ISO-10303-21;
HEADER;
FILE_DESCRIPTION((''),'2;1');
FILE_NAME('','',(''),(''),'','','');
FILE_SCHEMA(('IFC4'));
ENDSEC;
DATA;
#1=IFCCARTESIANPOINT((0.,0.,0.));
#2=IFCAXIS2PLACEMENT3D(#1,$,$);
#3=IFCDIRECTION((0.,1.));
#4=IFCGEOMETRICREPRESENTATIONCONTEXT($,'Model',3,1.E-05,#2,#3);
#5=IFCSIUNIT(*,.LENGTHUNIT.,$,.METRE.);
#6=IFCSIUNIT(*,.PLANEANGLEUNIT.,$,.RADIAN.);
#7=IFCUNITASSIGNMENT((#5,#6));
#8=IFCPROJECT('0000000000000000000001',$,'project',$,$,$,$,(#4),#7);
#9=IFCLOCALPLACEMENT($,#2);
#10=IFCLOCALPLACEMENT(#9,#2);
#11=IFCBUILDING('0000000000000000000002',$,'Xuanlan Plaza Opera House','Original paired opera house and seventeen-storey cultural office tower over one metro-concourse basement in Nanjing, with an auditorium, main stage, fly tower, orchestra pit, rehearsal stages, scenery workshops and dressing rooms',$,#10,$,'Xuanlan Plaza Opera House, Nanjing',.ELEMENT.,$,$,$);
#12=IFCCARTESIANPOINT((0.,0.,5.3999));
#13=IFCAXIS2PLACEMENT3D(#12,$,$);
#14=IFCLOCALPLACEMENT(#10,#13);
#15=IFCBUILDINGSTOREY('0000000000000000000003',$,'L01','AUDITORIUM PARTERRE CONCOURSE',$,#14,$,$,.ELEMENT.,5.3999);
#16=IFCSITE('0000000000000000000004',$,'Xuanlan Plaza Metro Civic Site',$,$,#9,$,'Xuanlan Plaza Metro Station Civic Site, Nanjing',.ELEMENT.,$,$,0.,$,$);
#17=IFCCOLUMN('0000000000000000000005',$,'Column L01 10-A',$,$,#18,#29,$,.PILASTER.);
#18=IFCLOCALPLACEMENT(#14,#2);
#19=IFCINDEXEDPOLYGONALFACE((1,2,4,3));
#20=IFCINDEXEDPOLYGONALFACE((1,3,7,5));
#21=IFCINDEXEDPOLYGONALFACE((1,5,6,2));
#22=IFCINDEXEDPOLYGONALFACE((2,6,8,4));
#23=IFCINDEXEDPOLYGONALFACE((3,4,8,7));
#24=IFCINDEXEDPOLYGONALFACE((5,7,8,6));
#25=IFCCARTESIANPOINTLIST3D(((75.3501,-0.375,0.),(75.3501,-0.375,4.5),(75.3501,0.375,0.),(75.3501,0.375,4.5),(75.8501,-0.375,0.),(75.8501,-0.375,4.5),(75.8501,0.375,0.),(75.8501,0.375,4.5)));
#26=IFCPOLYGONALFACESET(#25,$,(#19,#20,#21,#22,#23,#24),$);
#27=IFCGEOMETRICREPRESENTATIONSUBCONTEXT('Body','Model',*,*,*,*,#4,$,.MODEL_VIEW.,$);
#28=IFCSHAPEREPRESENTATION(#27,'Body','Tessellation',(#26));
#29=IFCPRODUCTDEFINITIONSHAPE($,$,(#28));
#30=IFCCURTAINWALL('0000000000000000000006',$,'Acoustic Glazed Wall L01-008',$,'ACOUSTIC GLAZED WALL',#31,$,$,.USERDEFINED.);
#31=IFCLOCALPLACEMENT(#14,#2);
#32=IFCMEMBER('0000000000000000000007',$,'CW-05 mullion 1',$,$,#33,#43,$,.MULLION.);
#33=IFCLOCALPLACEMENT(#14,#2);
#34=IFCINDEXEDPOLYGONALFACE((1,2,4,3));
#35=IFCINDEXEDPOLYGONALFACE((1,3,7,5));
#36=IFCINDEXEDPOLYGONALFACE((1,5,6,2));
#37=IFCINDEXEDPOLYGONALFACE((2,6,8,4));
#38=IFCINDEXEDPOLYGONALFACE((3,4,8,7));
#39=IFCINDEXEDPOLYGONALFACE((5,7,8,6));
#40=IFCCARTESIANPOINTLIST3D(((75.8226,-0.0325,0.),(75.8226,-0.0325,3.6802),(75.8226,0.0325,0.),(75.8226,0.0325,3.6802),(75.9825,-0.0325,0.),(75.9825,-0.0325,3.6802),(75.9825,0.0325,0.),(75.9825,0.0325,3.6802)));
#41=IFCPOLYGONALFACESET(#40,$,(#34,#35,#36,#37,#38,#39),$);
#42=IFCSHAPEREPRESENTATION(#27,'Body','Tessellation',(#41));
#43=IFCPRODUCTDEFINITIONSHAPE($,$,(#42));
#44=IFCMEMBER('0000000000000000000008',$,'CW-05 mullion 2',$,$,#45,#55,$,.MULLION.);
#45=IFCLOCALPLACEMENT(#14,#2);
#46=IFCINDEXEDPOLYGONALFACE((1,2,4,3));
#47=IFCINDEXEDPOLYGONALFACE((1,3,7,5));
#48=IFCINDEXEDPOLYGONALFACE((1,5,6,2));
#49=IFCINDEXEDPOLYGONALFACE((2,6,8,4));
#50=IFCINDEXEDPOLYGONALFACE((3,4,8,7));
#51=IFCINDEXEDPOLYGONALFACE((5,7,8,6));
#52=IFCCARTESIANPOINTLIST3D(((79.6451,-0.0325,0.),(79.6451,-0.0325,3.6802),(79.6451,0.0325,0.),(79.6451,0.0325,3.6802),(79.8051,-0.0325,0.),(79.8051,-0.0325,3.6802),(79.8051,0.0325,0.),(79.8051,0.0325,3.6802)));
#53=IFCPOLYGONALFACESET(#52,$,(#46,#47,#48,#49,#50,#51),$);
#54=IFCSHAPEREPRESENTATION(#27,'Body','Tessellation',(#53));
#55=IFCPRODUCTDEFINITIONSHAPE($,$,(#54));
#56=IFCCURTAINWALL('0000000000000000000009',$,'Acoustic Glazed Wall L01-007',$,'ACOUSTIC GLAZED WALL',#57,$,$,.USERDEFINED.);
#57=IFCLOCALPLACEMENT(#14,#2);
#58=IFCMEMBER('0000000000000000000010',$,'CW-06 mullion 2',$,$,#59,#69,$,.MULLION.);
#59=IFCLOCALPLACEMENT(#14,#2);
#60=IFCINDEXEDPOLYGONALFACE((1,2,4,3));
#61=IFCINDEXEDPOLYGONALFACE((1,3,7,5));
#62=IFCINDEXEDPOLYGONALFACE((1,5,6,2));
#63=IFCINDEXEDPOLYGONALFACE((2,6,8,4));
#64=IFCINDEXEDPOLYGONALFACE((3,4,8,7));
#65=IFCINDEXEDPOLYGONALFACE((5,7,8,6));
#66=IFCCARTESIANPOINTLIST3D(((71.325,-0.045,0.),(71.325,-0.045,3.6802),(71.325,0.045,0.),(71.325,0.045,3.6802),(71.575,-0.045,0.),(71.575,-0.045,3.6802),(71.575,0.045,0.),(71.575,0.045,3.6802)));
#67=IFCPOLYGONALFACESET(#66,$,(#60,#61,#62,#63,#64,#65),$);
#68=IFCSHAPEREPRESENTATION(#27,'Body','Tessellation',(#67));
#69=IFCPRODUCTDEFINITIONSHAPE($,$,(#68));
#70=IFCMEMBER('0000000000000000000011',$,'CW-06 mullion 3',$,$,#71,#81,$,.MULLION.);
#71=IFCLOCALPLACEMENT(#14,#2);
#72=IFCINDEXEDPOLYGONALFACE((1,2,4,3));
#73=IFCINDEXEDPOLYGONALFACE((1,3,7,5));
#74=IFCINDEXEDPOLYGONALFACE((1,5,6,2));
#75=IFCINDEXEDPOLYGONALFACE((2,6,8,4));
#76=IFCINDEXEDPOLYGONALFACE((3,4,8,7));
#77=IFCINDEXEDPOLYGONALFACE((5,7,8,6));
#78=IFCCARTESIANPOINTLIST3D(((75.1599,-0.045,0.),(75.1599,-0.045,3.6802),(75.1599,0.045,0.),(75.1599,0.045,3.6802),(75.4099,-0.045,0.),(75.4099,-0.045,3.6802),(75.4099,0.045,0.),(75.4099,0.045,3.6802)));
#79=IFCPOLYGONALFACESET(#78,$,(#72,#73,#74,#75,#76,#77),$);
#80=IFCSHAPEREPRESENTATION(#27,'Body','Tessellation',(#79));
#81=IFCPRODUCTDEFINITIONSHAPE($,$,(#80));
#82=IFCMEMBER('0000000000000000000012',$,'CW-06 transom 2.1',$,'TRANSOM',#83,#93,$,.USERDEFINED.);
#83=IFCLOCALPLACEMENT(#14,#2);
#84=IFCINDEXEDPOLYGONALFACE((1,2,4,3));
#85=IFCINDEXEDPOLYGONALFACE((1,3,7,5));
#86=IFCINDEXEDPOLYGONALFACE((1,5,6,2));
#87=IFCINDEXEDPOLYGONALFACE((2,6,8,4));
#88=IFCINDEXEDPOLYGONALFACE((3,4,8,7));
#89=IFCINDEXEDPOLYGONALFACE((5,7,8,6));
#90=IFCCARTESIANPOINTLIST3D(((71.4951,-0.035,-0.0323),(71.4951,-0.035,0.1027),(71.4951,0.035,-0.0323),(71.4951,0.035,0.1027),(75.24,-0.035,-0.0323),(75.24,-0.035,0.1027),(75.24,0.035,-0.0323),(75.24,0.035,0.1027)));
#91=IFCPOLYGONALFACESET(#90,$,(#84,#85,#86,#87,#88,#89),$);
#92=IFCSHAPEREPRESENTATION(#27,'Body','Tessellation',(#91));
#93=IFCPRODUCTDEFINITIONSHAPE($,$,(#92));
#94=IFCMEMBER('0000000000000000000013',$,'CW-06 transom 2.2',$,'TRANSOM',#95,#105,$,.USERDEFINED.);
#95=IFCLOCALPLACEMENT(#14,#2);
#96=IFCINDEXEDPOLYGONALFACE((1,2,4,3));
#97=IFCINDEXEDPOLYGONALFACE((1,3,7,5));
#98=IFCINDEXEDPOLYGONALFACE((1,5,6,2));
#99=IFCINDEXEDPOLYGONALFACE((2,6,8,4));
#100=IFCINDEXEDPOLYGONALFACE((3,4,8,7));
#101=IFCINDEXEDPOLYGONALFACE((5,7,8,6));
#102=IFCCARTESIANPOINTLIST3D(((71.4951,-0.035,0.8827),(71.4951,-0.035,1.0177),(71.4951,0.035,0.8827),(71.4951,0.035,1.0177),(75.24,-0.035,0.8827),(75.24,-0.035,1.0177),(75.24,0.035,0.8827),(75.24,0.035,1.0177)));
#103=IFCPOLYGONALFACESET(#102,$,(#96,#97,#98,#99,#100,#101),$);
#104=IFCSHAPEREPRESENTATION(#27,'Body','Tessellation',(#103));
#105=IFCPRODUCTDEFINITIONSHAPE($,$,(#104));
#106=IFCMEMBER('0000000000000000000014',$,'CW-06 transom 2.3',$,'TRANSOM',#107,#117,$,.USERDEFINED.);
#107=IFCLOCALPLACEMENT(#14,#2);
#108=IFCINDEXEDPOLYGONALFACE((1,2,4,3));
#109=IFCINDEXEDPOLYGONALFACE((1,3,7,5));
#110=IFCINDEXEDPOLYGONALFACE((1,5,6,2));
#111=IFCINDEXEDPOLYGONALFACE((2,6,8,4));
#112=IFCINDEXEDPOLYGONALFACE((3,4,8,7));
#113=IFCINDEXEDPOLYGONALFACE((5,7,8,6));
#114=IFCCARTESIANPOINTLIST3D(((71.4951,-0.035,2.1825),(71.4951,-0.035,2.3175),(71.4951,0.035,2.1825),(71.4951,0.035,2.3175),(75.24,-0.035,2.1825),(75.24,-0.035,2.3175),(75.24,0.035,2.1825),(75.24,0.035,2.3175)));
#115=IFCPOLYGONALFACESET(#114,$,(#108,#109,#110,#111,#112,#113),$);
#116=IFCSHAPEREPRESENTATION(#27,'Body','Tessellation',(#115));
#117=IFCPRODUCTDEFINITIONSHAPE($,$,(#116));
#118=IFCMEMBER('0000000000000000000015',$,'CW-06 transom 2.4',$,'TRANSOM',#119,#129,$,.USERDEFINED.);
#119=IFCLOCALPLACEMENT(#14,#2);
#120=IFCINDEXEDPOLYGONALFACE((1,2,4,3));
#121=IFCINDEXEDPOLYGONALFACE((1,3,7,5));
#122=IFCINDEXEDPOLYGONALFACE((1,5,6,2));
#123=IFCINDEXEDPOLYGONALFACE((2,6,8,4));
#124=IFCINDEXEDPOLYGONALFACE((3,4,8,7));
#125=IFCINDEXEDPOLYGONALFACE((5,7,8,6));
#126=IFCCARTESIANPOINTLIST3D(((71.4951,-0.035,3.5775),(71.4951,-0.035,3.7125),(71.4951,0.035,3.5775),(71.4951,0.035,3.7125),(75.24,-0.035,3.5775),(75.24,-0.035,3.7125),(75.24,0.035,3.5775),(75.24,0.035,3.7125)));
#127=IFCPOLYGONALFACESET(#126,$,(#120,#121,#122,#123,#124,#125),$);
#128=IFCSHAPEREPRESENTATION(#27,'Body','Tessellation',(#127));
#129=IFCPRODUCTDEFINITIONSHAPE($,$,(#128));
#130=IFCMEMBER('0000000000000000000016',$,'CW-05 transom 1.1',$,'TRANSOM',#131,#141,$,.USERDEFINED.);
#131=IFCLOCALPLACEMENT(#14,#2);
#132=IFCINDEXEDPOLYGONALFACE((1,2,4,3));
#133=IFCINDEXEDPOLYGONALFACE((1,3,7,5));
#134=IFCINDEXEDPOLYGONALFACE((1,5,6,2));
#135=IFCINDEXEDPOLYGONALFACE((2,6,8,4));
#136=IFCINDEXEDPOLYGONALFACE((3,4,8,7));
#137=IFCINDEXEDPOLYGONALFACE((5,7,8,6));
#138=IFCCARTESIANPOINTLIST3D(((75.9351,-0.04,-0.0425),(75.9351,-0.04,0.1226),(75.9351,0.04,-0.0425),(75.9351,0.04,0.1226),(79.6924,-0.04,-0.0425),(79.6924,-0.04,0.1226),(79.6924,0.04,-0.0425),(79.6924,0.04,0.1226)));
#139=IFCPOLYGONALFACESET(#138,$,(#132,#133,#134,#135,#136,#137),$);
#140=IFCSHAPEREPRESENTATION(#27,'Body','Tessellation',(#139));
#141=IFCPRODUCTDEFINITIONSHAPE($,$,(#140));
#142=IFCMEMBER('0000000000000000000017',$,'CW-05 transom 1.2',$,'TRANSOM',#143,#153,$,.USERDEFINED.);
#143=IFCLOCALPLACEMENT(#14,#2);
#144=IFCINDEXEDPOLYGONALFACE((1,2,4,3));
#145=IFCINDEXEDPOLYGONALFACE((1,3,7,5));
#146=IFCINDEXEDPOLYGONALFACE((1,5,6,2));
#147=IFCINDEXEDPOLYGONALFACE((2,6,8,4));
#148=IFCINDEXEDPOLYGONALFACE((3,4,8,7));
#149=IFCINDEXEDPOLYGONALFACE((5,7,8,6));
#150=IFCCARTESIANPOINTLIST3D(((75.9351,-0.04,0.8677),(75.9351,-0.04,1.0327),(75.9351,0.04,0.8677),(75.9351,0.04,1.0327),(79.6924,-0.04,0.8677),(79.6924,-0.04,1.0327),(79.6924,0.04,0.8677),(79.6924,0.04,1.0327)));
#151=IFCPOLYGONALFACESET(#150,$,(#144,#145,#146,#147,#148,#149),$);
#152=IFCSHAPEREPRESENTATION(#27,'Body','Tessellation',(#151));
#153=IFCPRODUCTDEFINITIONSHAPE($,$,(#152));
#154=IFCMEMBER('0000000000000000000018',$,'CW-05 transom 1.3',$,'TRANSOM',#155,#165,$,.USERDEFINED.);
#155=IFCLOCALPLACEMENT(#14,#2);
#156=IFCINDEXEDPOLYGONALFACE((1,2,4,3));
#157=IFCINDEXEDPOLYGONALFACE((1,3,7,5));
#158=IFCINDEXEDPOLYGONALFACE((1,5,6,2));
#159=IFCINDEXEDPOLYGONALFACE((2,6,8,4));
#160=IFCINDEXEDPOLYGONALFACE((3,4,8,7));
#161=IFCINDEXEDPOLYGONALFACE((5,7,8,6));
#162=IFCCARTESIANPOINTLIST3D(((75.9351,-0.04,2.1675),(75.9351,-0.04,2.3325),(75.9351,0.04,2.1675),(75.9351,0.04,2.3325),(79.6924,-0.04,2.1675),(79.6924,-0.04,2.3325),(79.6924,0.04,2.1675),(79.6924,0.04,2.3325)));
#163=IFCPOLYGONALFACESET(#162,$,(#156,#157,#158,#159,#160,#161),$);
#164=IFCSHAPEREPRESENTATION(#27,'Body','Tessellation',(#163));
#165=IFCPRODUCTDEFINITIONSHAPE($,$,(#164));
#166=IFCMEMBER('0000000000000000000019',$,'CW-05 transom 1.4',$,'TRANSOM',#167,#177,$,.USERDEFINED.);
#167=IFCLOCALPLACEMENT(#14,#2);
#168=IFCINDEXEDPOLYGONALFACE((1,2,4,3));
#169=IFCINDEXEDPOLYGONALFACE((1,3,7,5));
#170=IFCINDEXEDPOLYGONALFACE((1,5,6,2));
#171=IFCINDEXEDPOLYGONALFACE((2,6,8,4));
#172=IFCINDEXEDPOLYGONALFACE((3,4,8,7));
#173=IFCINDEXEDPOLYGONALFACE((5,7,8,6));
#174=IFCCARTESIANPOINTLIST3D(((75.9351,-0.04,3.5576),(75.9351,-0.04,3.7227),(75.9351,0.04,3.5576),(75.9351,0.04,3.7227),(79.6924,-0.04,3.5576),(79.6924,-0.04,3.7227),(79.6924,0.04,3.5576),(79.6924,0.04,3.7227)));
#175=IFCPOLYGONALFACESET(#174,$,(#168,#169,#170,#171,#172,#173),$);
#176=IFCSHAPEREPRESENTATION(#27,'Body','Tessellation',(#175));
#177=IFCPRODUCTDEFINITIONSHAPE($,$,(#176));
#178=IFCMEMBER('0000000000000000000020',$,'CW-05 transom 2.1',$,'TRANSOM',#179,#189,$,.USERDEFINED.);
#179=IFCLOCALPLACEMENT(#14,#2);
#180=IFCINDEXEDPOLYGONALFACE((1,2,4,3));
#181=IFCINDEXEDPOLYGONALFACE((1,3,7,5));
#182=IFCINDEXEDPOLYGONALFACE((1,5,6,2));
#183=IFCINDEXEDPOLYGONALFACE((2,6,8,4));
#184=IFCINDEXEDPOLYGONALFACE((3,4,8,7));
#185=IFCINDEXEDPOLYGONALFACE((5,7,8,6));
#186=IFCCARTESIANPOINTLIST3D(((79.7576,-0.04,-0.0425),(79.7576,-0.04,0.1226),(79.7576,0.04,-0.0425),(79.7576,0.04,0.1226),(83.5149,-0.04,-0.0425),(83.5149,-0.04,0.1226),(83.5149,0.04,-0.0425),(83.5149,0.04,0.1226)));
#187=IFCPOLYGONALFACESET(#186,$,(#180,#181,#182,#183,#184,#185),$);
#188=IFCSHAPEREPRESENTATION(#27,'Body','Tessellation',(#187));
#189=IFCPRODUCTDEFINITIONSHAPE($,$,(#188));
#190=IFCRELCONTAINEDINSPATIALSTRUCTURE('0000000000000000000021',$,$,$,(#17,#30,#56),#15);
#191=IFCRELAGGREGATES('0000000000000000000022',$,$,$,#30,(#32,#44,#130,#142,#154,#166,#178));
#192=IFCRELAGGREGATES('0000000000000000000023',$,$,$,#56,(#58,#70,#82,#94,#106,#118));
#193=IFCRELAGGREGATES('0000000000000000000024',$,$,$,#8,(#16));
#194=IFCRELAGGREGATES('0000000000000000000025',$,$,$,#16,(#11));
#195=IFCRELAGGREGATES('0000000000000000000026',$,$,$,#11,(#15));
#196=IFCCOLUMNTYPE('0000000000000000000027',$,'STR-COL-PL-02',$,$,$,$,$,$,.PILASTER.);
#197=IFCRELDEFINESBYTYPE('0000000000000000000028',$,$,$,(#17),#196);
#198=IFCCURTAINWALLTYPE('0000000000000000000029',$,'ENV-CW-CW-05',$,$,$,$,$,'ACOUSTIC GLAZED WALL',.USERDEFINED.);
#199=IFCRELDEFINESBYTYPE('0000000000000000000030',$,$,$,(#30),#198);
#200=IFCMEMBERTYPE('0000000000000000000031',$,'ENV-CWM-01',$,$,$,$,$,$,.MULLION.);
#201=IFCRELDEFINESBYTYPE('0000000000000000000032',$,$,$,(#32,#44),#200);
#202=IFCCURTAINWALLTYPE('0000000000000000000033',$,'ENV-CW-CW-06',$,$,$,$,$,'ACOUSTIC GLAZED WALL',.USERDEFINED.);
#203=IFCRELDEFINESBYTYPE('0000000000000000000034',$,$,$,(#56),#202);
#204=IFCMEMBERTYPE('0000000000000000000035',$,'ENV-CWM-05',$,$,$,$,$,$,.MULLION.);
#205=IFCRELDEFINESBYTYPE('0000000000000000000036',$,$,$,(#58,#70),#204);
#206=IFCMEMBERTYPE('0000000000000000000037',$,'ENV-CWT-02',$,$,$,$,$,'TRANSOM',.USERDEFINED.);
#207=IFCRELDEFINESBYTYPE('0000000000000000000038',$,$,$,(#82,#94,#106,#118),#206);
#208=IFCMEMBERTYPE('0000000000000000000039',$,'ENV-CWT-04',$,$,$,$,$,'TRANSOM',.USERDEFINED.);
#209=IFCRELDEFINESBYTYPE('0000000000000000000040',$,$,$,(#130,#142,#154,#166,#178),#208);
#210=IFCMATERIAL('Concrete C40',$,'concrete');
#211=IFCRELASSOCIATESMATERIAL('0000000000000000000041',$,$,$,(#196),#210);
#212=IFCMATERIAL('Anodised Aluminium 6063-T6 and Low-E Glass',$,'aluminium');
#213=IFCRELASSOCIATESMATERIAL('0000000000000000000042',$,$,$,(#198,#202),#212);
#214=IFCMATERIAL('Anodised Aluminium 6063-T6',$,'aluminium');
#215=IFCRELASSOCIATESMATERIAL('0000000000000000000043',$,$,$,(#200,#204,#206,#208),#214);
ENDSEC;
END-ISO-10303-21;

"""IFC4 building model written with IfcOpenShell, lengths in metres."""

from ifc_helpers import new_model, si_unit, direction, frame, origin, origin_2d, place, context, subcontext, project, spatial, rectangle, extrude, material, material_profile, profile_set, type_object, element, aggregate, save


model = new_model("IFC4")

# Units and contexts
model_context = context("Model", 3, precision=1e-05, world=origin(), true_north=direction((0.0, 1.0)))
body_context = subcontext(model_context, "Body", "Model", "MODEL_VIEW")
ifc_project = project(units=[si_unit("LENGTHUNIT", "METRE"), si_unit("PLANEANGLEUNIT", "RADIAN")], contexts=[model_context])

# Site, building, storey
site_placement = place(None, origin())
site = spatial("IfcSite", under=ifc_project, at=site_placement, Name="Xuanlan Plaza Metro Civic Site", LongName="Xuanlan Plaza Metro Station Civic Site, Nanjing", CompositionType="ELEMENT", RefElevation=0.0)
building_placement = place(site_placement, origin())
building = spatial("IfcBuilding", under=site, at=building_placement, Name="Xuanlan Plaza Opera House", Description="Original paired opera house and seventeen-storey cultural office tower over one metro-concourse basement in Nanjing, with an auditorium, main stage, fly tower, orchestra pit, rehearsal stages, scenery workshops and dressing rooms", LongName="Xuanlan Plaza Opera House, Nanjing", CompositionType="ELEMENT")
storey_placement = place(building_placement, frame((0.0, 0.0, 5.3999)))
storey = spatial("IfcBuildingStorey", under=building, at=storey_placement, Name="L01", Description="AUDITORIUM PARTERRE CONCOURSE", CompositionType="ELEMENT", Elevation=5.3999)

# Column
ifc_material_1 = material(Name="Concrete C40", Category="concrete")
ifc_material_profile_1 = material_profile(ifc_material_1, rectangle(XDim=0.5, YDim=0.75, at=origin_2d()), Name="RC-PIL 500x750")
ifc_profile_set_1 = profile_set([ifc_material_profile_1], Name="Concrete C40")
column_type = type_object("IfcColumnType", Name="STR-COL-PL-02", PredefinedType="PILASTER", material=ifc_profile_set_1)
column_placement = place(storey_placement, frame((75.6001, 0.0, 0.0), z_axis=(0.0, 0.0, 1.0), x_axis=(1.0, 0.0, 0.0)))
element("IfcColumn", 1, at=column_placement, inside=storey, type_object=column_type, Name="Column L01 10-A", PredefinedType="PILASTER", context=body_context, shape_type="SweptSolid", body=[
    extrude(rectangle(XDim=0.5, YDim=0.75, at=origin_2d()), origin(), (0.0, 0.0, 1.0), 4.5),
])

# Curtain walls, members
ifc_material_2 = material(Name="Anodised Aluminium 6063-T6 and Low-E Glass", Category="aluminium")
curtain_wall_type_1 = type_object("IfcCurtainWallType", Name="ENV-CW-CW-05", ElementType="ACOUSTIC GLAZED WALL", PredefinedType="USERDEFINED", material=ifc_material_2)
curtain_wall_1_placement = place(storey_placement, origin())
curtain_wall_1 = element("IfcCurtainWall", 2, at=curtain_wall_1_placement, inside=storey, type_object=curtain_wall_type_1, Name="Acoustic Glazed Wall L01-008", ObjectType="ACOUSTIC GLAZED WALL", PredefinedType="USERDEFINED")
ifc_material_3 = material(Name="Anodised Aluminium 6063-T6", Category="aluminium")
ifc_material_profile_2 = material_profile(ifc_material_3, rectangle(XDim=0.0649, YDim=0.1599, at=origin_2d()), Name="ALU-M 65x160")
ifc_profile_set_2 = profile_set([ifc_material_profile_2], Name="Anodised Aluminium 6063-T6")
member_type_1 = type_object("IfcMemberType", Name="ENV-CWM-01", PredefinedType="MULLION", material=ifc_profile_set_2)
member_1_placement = place(storey_placement, frame((75.9026, 0.0, 0.0), z_axis=(0.0, 0.0, 1.0), x_axis=(0.0, 1.0, 0.0)))
member_1 = element("IfcMember", 3, at=member_1_placement, type_object=member_type_1, Name="CW-05 mullion 1", PredefinedType="MULLION", context=body_context, shape_type="SweptSolid", body=[
    extrude(rectangle(XDim=0.0649, YDim=0.1599, at=origin_2d()), origin(), (0.0, 0.0, 1.0), 3.6802),
])
member_2_placement = place(storey_placement, frame((79.7251, 0.0, 0.0), z_axis=(0.0, 0.0, 1.0), x_axis=(0.0, 1.0, 0.0)))
member_2 = element("IfcMember", 4, at=member_2_placement, type_object=member_type_1, Name="CW-05 mullion 2", PredefinedType="MULLION", context=body_context, shape_type="SweptSolid", body=[
    extrude(rectangle(XDim=0.0649, YDim=0.1599, at=origin_2d()), origin(), (0.0, 0.0, 1.0), 3.6802),
])
curtain_wall_type_2 = type_object("IfcCurtainWallType", Name="ENV-CW-CW-06", ElementType="ACOUSTIC GLAZED WALL", PredefinedType="USERDEFINED", material=ifc_material_2)
curtain_wall_2_placement = place(storey_placement, origin())
curtain_wall_2 = element("IfcCurtainWall", 5, at=curtain_wall_2_placement, inside=storey, type_object=curtain_wall_type_2, Name="Acoustic Glazed Wall L01-007", ObjectType="ACOUSTIC GLAZED WALL", PredefinedType="USERDEFINED")
ifc_material_profile_3 = material_profile(ifc_material_3, rectangle(XDim=0.0901, YDim=0.25, at=origin_2d()), Name="ALU-M 90x250")
ifc_profile_set_3 = profile_set([ifc_material_profile_3], Name="Anodised Aluminium 6063-T6")
member_type_2 = type_object("IfcMemberType", Name="ENV-CWM-05", PredefinedType="MULLION", material=ifc_profile_set_3)
member_3_placement = place(storey_placement, frame((71.45, 0.0, 0.0), z_axis=(0.0, 0.0, 1.0), x_axis=(0.0, 1.0, 0.0)))
member_3 = element("IfcMember", 6, at=member_3_placement, type_object=member_type_2, Name="CW-06 mullion 2", PredefinedType="MULLION", context=body_context, shape_type="SweptSolid", body=[
    extrude(rectangle(XDim=0.0901, YDim=0.25, at=origin_2d()), origin(), (0.0, 0.0, 1.0), 3.6802),
])
member_4_placement = place(storey_placement, frame((75.2849, 0.0, 0.0), z_axis=(0.0, 0.0, 1.0), x_axis=(0.0, 1.0, 0.0)))
member_4 = element("IfcMember", 7, at=member_4_placement, type_object=member_type_2, Name="CW-06 mullion 3", PredefinedType="MULLION", context=body_context, shape_type="SweptSolid", body=[
    extrude(rectangle(XDim=0.0901, YDim=0.25, at=origin_2d()), origin(), (0.0, 0.0, 1.0), 3.6802),
])
ifc_material_profile_4 = material_profile(ifc_material_3, rectangle(XDim=0.0701, YDim=0.135, at=origin_2d()), Name="ALU-T 70x135")
ifc_profile_set_4 = profile_set([ifc_material_profile_4], Name="Anodised Aluminium 6063-T6")
member_type_3 = type_object("IfcMemberType", Name="ENV-CWT-02", ElementType="TRANSOM", PredefinedType="USERDEFINED", material=ifc_profile_set_4)
member_5_placement = place(storey_placement, frame((71.4951, 0.0, 0.0352), z_axis=(1.0, 0.0, 0.0), x_axis=(0.0, 1.0, 0.0)))
member_5 = element("IfcMember", 8, at=member_5_placement, type_object=member_type_3, Name="CW-06 transom 2.1", ObjectType="TRANSOM", PredefinedType="USERDEFINED", context=body_context, shape_type="SweptSolid", body=[
    extrude(rectangle(XDim=0.0701, YDim=0.135, at=origin_2d()), origin(), (0.0, 0.0, 1.0), 3.7449),
])
member_6_placement = place(storey_placement, frame((71.4951, 0.0, 0.9502), z_axis=(1.0, 0.0, 0.0), x_axis=(0.0, 1.0, 0.0)))
member_6 = element("IfcMember", 9, at=member_6_placement, type_object=member_type_3, Name="CW-06 transom 2.2", ObjectType="TRANSOM", PredefinedType="USERDEFINED", context=body_context, shape_type="SweptSolid", body=[
    extrude(rectangle(XDim=0.0701, YDim=0.135, at=origin_2d()), origin(), (0.0, 0.0, 1.0), 3.7449),
])
member_7_placement = place(storey_placement, frame((71.4951, 0.0, 2.25), z_axis=(1.0, 0.0, 0.0), x_axis=(0.0, 1.0, 0.0)))
member_7 = element("IfcMember", 10, at=member_7_placement, type_object=member_type_3, Name="CW-06 transom 2.3", ObjectType="TRANSOM", PredefinedType="USERDEFINED", context=body_context, shape_type="SweptSolid", body=[
    extrude(rectangle(XDim=0.0701, YDim=0.135, at=origin_2d()), origin(), (0.0, 0.0, 1.0), 3.7449),
])
member_8_placement = place(storey_placement, frame((71.4951, 0.0, 3.645), z_axis=(1.0, 0.0, 0.0), x_axis=(0.0, 1.0, 0.0)))
member_8 = element("IfcMember", 11, at=member_8_placement, type_object=member_type_3, Name="CW-06 transom 2.4", ObjectType="TRANSOM", PredefinedType="USERDEFINED", context=body_context, shape_type="SweptSolid", body=[
    extrude(rectangle(XDim=0.0701, YDim=0.135, at=origin_2d()), origin(), (0.0, 0.0, 1.0), 3.7449),
])

# Members
ifc_material_profile_5 = material_profile(ifc_material_3, rectangle(XDim=0.0801, YDim=0.165, at=origin_2d()), Name="ALU-T 80x165")
ifc_profile_set_5 = profile_set([ifc_material_profile_5], Name="Anodised Aluminium 6063-T6")
member_type_4 = type_object("IfcMemberType", Name="ENV-CWT-04", ElementType="TRANSOM", PredefinedType="USERDEFINED", material=ifc_profile_set_5)
member_9_placement = place(storey_placement, frame((75.9351, 0.0, 0.04), z_axis=(1.0, 0.0, 0.0), x_axis=(0.0, 1.0, 0.0)))
member_9 = element("IfcMember", 12, at=member_9_placement, type_object=member_type_4, Name="CW-05 transom 1.1", ObjectType="TRANSOM", PredefinedType="USERDEFINED", context=body_context, shape_type="SweptSolid", body=[
    extrude(rectangle(XDim=0.0801, YDim=0.165, at=origin_2d()), origin(), (0.0, 0.0, 1.0), 3.7573),
])
member_10_placement = place(storey_placement, frame((75.9351, 0.0, 0.9502), z_axis=(1.0, 0.0, 0.0), x_axis=(0.0, 1.0, 0.0)))
member_10 = element("IfcMember", 13, at=member_10_placement, type_object=member_type_4, Name="CW-05 transom 1.2", ObjectType="TRANSOM", PredefinedType="USERDEFINED", context=body_context, shape_type="SweptSolid", body=[
    extrude(rectangle(XDim=0.0801, YDim=0.165, at=origin_2d()), origin(), (0.0, 0.0, 1.0), 3.7573),
])
member_11_placement = place(storey_placement, frame((75.9351, 0.0, 2.25), z_axis=(1.0, 0.0, 0.0), x_axis=(0.0, 1.0, 0.0)))
member_11 = element("IfcMember", 14, at=member_11_placement, type_object=member_type_4, Name="CW-05 transom 1.3", ObjectType="TRANSOM", PredefinedType="USERDEFINED", context=body_context, shape_type="SweptSolid", body=[
    extrude(rectangle(XDim=0.0801, YDim=0.165, at=origin_2d()), origin(), (0.0, 0.0, 1.0), 3.7573),
])
member_12_placement = place(storey_placement, frame((75.9351, 0.0, 3.6401), z_axis=(1.0, 0.0, 0.0), x_axis=(0.0, 1.0, 0.0)))
member_12 = element("IfcMember", 15, at=member_12_placement, type_object=member_type_4, Name="CW-05 transom 1.4", ObjectType="TRANSOM", PredefinedType="USERDEFINED", context=body_context, shape_type="SweptSolid", body=[
    extrude(rectangle(XDim=0.0801, YDim=0.165, at=origin_2d()), origin(), (0.0, 0.0, 1.0), 3.7573),
])
member_13_placement = place(storey_placement, frame((79.7576, 0.0, 0.04), z_axis=(1.0, 0.0, 0.0), x_axis=(0.0, 1.0, 0.0)))
member_13 = element("IfcMember", 16, at=member_13_placement, type_object=member_type_4, Name="CW-05 transom 2.1", ObjectType="TRANSOM", PredefinedType="USERDEFINED", context=body_context, shape_type="SweptSolid", body=[
    extrude(rectangle(XDim=0.0801, YDim=0.165, at=origin_2d()), origin(), (0.0, 0.0, 1.0), 3.7573),
])

aggregate(curtain_wall_1, [member_1, member_2, member_9, member_10, member_11, member_12, member_13])
aggregate(curtain_wall_2, [member_3, member_4, member_5, member_6, member_7, member_8])

save(model, "model.ifc")
